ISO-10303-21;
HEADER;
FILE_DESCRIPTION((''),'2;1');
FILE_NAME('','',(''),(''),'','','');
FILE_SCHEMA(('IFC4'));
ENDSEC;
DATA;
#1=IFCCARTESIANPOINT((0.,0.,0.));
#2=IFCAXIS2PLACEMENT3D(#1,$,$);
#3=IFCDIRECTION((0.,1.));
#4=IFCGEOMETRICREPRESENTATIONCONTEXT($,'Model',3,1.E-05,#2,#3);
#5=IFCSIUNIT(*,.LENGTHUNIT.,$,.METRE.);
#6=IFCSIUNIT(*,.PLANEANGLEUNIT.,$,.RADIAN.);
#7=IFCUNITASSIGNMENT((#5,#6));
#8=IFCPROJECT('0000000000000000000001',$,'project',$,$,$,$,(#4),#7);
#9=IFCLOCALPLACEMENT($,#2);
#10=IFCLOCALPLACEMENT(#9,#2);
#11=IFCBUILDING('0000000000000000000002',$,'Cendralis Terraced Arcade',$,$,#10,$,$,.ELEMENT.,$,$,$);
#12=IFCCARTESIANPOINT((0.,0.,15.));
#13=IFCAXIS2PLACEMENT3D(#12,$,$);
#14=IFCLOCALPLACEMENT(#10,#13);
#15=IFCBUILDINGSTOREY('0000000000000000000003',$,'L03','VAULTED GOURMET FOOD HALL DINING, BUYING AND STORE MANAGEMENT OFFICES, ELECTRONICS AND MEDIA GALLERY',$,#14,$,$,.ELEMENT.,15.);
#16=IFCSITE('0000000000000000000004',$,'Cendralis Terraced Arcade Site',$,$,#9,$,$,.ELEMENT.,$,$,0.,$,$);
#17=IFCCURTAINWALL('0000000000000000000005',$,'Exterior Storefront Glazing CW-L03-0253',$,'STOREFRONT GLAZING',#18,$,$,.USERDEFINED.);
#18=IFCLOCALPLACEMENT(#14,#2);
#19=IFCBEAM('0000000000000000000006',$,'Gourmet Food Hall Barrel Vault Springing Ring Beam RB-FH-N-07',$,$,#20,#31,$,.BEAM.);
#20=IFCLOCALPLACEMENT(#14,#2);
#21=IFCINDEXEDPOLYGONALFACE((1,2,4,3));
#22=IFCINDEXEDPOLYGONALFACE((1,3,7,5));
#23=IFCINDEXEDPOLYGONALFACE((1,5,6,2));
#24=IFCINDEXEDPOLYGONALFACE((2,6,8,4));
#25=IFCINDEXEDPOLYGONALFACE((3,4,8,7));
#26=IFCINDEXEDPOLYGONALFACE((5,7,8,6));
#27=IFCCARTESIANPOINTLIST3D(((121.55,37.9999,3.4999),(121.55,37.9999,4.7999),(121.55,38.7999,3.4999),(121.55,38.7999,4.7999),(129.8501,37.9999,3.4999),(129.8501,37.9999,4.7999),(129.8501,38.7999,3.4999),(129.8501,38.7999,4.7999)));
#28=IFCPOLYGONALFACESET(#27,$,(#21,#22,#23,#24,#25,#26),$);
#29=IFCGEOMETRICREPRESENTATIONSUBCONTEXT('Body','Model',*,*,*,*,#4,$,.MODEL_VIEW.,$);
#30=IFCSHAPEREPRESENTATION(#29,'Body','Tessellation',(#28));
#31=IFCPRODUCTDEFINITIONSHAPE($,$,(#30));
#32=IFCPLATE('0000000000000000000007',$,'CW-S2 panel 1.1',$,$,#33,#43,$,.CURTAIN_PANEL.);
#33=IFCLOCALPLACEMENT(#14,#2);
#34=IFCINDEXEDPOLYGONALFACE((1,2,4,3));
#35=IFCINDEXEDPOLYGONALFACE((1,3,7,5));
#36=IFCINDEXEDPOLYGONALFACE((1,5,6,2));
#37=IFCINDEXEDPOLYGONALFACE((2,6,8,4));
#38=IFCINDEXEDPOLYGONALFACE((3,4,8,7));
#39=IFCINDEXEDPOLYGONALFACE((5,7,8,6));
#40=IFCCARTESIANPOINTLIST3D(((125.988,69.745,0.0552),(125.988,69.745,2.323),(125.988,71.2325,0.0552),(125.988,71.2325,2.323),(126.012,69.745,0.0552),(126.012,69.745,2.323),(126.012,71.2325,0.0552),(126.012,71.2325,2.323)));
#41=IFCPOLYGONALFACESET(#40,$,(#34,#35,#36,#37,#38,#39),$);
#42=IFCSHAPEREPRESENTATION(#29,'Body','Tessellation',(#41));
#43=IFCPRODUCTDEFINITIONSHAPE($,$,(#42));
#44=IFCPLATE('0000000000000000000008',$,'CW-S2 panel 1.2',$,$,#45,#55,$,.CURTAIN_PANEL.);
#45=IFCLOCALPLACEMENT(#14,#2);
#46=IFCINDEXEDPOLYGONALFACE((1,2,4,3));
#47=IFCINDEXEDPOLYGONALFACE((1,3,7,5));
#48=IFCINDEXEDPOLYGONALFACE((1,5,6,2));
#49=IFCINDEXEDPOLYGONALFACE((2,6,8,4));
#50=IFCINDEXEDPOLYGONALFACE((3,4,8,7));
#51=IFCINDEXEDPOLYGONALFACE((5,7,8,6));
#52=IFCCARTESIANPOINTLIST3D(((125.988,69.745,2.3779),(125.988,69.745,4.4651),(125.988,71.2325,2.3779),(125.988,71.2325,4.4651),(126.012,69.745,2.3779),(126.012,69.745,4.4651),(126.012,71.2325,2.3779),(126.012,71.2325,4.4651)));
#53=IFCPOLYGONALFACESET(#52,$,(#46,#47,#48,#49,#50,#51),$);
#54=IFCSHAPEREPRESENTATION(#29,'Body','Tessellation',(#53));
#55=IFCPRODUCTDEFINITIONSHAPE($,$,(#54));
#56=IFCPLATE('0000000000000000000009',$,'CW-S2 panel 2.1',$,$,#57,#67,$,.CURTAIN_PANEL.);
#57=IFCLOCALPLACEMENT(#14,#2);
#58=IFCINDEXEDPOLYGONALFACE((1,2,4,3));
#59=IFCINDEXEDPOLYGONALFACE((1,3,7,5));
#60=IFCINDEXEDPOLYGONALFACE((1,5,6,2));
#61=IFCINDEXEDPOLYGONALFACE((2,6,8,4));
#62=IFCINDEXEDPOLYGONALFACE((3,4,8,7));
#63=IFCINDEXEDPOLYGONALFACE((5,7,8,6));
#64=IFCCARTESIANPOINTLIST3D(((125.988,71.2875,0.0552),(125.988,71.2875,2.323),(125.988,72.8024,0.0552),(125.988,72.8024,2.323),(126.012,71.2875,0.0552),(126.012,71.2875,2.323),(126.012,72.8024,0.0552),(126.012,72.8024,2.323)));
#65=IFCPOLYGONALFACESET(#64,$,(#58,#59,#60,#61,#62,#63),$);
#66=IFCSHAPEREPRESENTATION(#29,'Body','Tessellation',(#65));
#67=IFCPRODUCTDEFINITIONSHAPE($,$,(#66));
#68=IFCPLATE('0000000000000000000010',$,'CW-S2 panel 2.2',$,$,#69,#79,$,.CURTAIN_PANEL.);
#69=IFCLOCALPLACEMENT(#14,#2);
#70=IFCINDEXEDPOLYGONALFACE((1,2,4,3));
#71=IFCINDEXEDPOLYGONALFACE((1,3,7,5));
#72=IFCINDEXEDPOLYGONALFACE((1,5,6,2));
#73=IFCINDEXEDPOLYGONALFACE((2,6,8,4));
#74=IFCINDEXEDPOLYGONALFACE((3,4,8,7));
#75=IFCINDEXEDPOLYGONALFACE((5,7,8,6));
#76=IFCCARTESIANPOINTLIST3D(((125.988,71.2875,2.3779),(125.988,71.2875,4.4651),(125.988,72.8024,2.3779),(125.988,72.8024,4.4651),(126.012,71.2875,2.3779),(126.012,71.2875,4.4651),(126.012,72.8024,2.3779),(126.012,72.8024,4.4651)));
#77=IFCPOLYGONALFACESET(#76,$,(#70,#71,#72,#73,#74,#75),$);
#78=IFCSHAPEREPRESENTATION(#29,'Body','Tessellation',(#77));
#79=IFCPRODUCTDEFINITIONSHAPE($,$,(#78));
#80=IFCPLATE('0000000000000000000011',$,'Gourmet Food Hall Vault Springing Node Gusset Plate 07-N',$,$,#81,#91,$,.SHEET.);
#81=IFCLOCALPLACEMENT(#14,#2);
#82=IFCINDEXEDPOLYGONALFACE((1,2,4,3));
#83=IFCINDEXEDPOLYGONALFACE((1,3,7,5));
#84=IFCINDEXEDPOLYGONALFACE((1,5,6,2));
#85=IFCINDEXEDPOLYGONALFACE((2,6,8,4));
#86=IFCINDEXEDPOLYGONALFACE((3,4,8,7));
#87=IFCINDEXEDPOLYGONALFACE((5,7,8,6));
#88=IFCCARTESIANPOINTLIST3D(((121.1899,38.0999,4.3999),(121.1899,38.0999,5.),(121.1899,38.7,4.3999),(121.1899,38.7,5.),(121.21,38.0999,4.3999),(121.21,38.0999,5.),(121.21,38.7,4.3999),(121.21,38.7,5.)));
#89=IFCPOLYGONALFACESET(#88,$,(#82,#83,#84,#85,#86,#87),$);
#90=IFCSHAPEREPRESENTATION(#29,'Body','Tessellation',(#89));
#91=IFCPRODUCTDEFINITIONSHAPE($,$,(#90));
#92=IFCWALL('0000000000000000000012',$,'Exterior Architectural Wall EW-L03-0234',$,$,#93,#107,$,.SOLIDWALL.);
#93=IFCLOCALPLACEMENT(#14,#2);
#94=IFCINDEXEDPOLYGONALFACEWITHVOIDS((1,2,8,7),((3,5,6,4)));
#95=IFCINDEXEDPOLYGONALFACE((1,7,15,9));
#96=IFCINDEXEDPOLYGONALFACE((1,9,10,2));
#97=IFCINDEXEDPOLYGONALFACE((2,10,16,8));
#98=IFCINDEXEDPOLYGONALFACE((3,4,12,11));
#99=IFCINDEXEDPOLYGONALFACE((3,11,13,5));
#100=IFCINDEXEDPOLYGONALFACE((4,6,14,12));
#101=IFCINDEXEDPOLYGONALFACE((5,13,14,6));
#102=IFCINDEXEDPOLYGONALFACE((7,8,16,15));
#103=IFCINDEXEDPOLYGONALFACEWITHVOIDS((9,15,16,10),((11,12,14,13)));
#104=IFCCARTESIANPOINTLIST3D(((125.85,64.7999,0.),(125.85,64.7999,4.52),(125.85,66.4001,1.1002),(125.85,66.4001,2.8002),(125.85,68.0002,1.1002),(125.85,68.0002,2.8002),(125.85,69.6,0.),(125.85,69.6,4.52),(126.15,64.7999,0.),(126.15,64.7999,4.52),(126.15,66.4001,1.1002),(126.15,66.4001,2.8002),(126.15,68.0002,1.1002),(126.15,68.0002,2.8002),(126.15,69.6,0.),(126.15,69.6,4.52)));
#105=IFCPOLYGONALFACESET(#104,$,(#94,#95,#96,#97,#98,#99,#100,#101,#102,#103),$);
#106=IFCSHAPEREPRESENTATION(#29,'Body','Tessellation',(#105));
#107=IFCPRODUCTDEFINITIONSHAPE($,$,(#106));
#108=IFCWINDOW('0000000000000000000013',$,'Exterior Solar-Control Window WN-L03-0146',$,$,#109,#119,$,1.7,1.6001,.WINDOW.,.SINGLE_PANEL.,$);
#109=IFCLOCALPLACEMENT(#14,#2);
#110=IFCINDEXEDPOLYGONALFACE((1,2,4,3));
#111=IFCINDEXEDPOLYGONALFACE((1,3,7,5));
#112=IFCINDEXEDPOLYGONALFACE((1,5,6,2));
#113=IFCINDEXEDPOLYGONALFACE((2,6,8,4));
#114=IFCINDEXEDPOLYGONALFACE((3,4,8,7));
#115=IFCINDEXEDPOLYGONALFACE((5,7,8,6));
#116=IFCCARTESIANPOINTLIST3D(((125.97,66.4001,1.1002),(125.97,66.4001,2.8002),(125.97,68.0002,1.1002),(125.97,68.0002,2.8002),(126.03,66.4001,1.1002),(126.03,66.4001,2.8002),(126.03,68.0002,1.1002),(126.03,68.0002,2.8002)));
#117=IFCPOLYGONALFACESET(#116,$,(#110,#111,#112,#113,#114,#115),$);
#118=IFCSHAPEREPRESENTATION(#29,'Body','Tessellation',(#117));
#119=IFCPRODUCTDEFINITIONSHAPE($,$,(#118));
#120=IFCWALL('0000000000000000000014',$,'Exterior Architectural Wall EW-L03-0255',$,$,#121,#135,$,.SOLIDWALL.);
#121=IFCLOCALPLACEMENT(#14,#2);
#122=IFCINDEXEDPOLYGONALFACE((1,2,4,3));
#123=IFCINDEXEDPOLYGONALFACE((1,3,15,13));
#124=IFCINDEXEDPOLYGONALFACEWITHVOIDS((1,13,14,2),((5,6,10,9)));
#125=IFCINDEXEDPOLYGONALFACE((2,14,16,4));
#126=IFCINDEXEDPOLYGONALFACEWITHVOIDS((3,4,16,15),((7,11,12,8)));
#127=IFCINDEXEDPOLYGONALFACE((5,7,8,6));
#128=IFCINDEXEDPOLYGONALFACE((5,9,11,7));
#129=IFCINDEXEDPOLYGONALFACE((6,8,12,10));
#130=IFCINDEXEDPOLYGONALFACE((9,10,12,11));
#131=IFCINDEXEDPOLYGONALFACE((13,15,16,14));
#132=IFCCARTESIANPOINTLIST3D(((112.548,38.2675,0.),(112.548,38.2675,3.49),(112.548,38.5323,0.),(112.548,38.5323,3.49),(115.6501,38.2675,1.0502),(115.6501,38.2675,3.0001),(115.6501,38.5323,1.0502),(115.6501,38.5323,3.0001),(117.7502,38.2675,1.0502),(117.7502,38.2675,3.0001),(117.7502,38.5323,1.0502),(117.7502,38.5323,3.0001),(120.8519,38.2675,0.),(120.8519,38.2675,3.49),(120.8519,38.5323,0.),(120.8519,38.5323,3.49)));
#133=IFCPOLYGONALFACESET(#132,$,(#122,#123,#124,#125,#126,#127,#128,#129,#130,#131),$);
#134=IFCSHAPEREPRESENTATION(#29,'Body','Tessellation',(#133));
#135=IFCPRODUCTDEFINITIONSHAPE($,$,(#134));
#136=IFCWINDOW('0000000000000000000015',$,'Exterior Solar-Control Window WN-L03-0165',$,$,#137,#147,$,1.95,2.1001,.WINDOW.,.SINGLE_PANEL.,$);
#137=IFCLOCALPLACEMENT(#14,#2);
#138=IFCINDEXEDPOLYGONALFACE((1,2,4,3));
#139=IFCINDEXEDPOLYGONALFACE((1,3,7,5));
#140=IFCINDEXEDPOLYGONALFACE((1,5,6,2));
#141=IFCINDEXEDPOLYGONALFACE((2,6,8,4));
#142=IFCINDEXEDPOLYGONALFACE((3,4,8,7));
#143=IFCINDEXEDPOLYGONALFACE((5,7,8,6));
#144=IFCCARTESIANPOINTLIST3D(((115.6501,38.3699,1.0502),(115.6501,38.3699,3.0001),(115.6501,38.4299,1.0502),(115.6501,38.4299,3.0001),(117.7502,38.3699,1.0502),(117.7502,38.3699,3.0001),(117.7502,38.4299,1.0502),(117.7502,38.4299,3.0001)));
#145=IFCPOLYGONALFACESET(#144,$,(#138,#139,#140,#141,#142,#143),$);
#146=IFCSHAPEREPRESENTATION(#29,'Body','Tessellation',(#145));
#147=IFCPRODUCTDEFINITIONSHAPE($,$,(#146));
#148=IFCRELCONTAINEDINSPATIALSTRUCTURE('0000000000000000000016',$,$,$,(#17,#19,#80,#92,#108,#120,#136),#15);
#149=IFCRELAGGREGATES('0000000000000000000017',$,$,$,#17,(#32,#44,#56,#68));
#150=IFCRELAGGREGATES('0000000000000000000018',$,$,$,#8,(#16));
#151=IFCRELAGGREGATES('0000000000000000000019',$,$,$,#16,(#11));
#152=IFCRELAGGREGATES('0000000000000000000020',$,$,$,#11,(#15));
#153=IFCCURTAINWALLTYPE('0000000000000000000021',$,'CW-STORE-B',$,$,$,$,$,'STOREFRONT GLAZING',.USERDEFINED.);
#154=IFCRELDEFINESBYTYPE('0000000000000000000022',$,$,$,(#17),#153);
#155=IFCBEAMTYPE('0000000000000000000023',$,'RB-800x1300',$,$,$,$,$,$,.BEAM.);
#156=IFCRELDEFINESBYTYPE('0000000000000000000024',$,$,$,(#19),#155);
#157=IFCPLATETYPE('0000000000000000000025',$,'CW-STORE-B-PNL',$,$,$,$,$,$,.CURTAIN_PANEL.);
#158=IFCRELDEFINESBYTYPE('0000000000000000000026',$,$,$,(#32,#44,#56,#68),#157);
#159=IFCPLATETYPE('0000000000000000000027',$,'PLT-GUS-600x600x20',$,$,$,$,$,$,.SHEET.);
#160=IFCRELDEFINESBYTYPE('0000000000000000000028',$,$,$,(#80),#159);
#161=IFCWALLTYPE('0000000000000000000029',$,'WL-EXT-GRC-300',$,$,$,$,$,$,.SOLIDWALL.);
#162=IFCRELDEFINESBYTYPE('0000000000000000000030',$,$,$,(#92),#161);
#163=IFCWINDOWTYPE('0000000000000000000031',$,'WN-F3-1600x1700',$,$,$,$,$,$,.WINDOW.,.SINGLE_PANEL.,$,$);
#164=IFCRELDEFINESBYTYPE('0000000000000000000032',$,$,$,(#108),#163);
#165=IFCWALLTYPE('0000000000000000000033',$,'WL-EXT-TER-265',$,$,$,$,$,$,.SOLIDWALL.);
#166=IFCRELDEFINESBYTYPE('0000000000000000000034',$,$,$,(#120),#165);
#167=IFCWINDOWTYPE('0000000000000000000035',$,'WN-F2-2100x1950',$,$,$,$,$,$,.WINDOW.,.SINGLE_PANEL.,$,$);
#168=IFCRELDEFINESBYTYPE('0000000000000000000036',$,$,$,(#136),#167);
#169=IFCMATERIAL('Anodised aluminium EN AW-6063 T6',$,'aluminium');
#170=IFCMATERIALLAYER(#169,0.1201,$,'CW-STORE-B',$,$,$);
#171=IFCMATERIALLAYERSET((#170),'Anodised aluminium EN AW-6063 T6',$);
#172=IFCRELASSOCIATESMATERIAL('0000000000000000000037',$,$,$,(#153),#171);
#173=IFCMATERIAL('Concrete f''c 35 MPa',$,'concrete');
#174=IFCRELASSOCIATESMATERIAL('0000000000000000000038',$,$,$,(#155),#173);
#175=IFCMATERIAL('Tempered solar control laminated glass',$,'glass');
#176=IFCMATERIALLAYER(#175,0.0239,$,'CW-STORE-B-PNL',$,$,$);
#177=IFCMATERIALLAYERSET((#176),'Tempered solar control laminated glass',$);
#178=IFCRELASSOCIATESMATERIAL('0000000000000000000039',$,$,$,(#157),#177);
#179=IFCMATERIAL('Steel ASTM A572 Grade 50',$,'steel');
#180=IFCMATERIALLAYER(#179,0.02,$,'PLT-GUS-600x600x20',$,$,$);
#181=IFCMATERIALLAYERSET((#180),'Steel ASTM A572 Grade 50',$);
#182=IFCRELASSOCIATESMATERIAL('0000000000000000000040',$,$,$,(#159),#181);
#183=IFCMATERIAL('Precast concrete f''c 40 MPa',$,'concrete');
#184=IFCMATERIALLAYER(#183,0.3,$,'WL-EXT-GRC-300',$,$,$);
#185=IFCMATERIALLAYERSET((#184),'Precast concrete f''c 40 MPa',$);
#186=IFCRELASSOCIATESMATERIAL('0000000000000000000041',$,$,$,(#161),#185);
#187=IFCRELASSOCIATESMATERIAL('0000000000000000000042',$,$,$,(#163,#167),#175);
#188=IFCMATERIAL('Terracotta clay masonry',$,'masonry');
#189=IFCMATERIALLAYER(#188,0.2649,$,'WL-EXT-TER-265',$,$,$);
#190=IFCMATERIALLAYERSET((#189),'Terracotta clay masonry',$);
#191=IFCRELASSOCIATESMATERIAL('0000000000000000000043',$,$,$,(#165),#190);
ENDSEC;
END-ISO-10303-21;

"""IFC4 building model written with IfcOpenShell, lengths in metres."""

from ifc_helpers import new_model, si_unit, direction, frame, frame_2d, origin, origin_2d, place, context, subcontext, project, spatial, rectangle, extrude, material, layer, layer_set, material_profile, profile_set, type_object, element, fill, aggregate, save


model = new_model("IFC4")

# Units and contexts
model_context = context("Model", 3, precision=1e-05, world=origin(), true_north=direction((0.0, 1.0)))
body_context = subcontext(model_context, "Body", "Model", "MODEL_VIEW")
ifc_project = project(units=[si_unit("LENGTHUNIT", "METRE"), si_unit("PLANEANGLEUNIT", "RADIAN")], contexts=[model_context])

# Site, building, storey
site_placement = place(None, origin())
site = spatial("IfcSite", under=ifc_project, at=site_placement, Name="Cendralis Terraced Arcade Site", CompositionType="ELEMENT", RefElevation=0.0)
building_placement = place(site_placement, origin())
building = spatial("IfcBuilding", under=site, at=building_placement, Name="Cendralis Terraced Arcade", CompositionType="ELEMENT")
storey_placement = place(building_placement, frame((0.0, 0.0, 15.0)))
storey = spatial("IfcBuildingStorey", under=building, at=storey_placement, Name="L03", Description="VAULTED GOURMET FOOD HALL DINING, BUYING AND STORE MANAGEMENT OFFICES, ELECTRONICS AND MEDIA GALLERY", CompositionType="ELEMENT", Elevation=15.0)

# Curtain wall
ifc_material_1 = material(Name="Anodised aluminium EN AW-6063 T6", Category="aluminium")
ifc_layer_1 = layer(ifc_material_1, 0.1201, Name="CW-STORE-B")
ifc_layer_set_1 = layer_set([ifc_layer_1], Name="Anodised aluminium EN AW-6063 T6")
curtain_wall_type = type_object("IfcCurtainWallType", Name="CW-STORE-B", ElementType="STOREFRONT GLAZING", PredefinedType="USERDEFINED", material=ifc_layer_set_1)
curtain_wall_placement = place(storey_placement, origin())
curtain_wall = element("IfcCurtainWall", 1, at=curtain_wall_placement, inside=storey, type_object=curtain_wall_type, Name="Exterior Storefront Glazing CW-L03-0253", ObjectType="STOREFRONT GLAZING", PredefinedType="USERDEFINED")

# Beam
ifc_material_2 = material(Name="Concrete f'c 35 MPa", Category="concrete")
ifc_material_profile_1 = material_profile(ifc_material_2, rectangle(XDim=0.8, YDim=1.3, at=origin_2d()), Name="RC-RB-800x1300", Category="LoadBearing")
ifc_profile_set_1 = profile_set([ifc_material_profile_1], Name="Concrete f'c 35 MPa")
beam_type = type_object("IfcBeamType", Name="RB-800x1300", PredefinedType="BEAM", material=ifc_profile_set_1)
for number, where, z_axis, x_axis, name in (
    (2, (121.55, 38.3999, 4.1499), (1.0, 0.0, 0.0), (0.0, 1.0, 0.0), "Gourmet Food Hall Barrel Vault Springing Ring Beam RB-FH-N-07"),
):
    element("IfcBeam", number, at=place(storey_placement, frame(where, z_axis=z_axis, x_axis=x_axis)), inside=storey, type_object=beam_type, Name=name, PredefinedType="BEAM", context=body_context, shape_type="SweptSolid", body=[
        extrude(rectangle(XDim=0.8, YDim=1.3, at=origin_2d()), origin(), (0.0, 0.0, 1.0), 8.3),
    ])

# Plates
ifc_material_3 = material(Name="Tempered solar control laminated glass", Category="glass")
ifc_layer_2 = layer(ifc_material_3, 0.0239, Name="CW-STORE-B-PNL")
ifc_layer_set_2 = layer_set([ifc_layer_2], Name="Tempered solar control laminated glass")
plate_type_1 = type_object("IfcPlateType", Name="CW-STORE-B-PNL", PredefinedType="CURTAIN_PANEL", material=ifc_layer_set_2)
plate_1_placement = place(storey_placement, frame((126.0, 70.4888, 0.0552), z_axis=(0.0, 0.0, 1.0), x_axis=(0.0, 1.0, 0.0)))
plate_1 = element("IfcPlate", 3, at=plate_1_placement, type_object=plate_type_1, Name="CW-S2 panel 1.1", PredefinedType="CURTAIN_PANEL", context=body_context, shape_type="SweptSolid", body=[
    extrude(rectangle(XDim=1.4875, YDim=0.0239, at=origin_2d()), origin(), (0.0, 0.0, 1.0), 2.2678),
])
plate_2_placement = place(storey_placement, frame((126.0, 70.4888, 2.3779), z_axis=(0.0, 0.0, 1.0), x_axis=(0.0, 1.0, 0.0)))
plate_2 = element("IfcPlate", 4, at=plate_2_placement, type_object=plate_type_1, Name="CW-S2 panel 1.2", PredefinedType="CURTAIN_PANEL", context=body_context, shape_type="SweptSolid", body=[
    extrude(rectangle(XDim=1.4875, YDim=0.0239, at=origin_2d()), origin(), (0.0, 0.0, 1.0), 2.0872),
])
plate_3_placement = place(storey_placement, frame((126.0, 72.0449, 0.0552), z_axis=(0.0, 0.0, 1.0), x_axis=(0.0, 1.0, 0.0)))
plate_3 = element("IfcPlate", 5, at=plate_3_placement, type_object=plate_type_1, Name="CW-S2 panel 2.1", PredefinedType="CURTAIN_PANEL", context=body_context, shape_type="SweptSolid", body=[
    extrude(rectangle(XDim=1.5149, YDim=0.0239, at=origin_2d()), origin(), (0.0, 0.0, 1.0), 2.2678),
])
plate_4_placement = place(storey_placement, frame((126.0, 72.0449, 2.3779), z_axis=(0.0, 0.0, 1.0), x_axis=(0.0, 1.0, 0.0)))
plate_4 = element("IfcPlate", 6, at=plate_4_placement, type_object=plate_type_1, Name="CW-S2 panel 2.2", PredefinedType="CURTAIN_PANEL", context=body_context, shape_type="SweptSolid", body=[
    extrude(rectangle(XDim=1.5149, YDim=0.0239, at=origin_2d()), origin(), (0.0, 0.0, 1.0), 2.0872),
])
aggregate(curtain_wall, [plate_1, plate_2, plate_3, plate_4])
ifc_material_4 = material(Name="Steel ASTM A572 Grade 50", Category="steel")
ifc_layer_3 = layer(ifc_material_4, 0.02, Name="PLT-GUS-600x600x20")
ifc_layer_set_3 = layer_set([ifc_layer_3], Name="Steel ASTM A572 Grade 50")
plate_type_2 = type_object("IfcPlateType", Name="PLT-GUS-600x600x20", PredefinedType="SHEET", material=ifc_layer_set_3)
plate_5_placement = place(storey_placement, frame((121.2, 38.3999, 4.3999), z_axis=(0.0, 0.0, 1.0), x_axis=(0.0, 1.0, 0.0)))
element("IfcPlate", 7, at=plate_5_placement, inside=storey, type_object=plate_type_2, Name="Gourmet Food Hall Vault Springing Node Gusset Plate 07-N", PredefinedType="SHEET", context=body_context, shape_type="SweptSolid", body=[
    extrude(rectangle(XDim=0.6001, YDim=0.02, at=origin_2d()), origin(), (0.0, 0.0, 1.0), 0.6001),
])

# Walls, openings, windows
ifc_material_5 = material(Name="Precast concrete f'c 40 MPa", Category="concrete")
ifc_layer_4 = layer(ifc_material_5, 0.3, Name="WL-EXT-GRC-300")
ifc_layer_set_4 = layer_set([ifc_layer_4], Name="Precast concrete f'c 40 MPa")
wall_type_1 = type_object("IfcWallType", Name="WL-EXT-GRC-300", PredefinedType="SOLIDWALL", material=ifc_layer_set_4)
wall_1_placement = place(storey_placement, frame((126.0, 64.8, 0.0), z_axis=(0.0, 0.0, 1.0), x_axis=(0.0, 1.0, 0.0)))
wall_1 = element("IfcWall", 8, at=wall_1_placement, inside=storey, type_object=wall_type_1, Name="Exterior Architectural Wall EW-L03-0234", PredefinedType="SOLIDWALL", context=body_context, shape_type="SweptSolid", body=[
    extrude(rectangle(XDim=4.8, YDim=0.3, at=frame_2d((2.3999, 0.0))), origin(), (0.0, 0.0, 1.0), 4.52),
])
opening_1_placement = place(wall_1_placement, frame((1.6001, 0.0, 1.1001)))
opening_1 = element("IfcOpeningElement", 9, at=opening_1_placement, cuts=wall_1, PredefinedType="OPENING", context=body_context, shape_type="SweptSolid", body=[
    extrude(rectangle(XDim=1.6001, YDim=1.7, at=frame_2d((0.8, 0.8501))), frame((0.0, 0.1621, 0.0), z_axis=(0.0, -1.0, 0.0), x_axis=(1.0, 0.0, 0.0)), (0.0, 0.0, 1.0), 0.324),
])
window_type_1 = type_object("IfcWindowType", Name="WN-F3-1600x1700", PartitioningType="SINGLE_PANEL", PredefinedType="WINDOW", material=ifc_material_3)
window_1_placement = place(opening_1_placement, origin())
window_1 = element("IfcWindow", 10, at=window_1_placement, inside=storey, type_object=window_type_1, Name="Exterior Solar-Control Window WN-L03-0146", OverallHeight=1.7, OverallWidth=1.6001, PartitioningType="SINGLE_PANEL", PredefinedType="WINDOW", context=body_context, shape_type="SweptSolid", body=[
    extrude(rectangle(XDim=1.6001, YDim=1.7, at=frame_2d((0.8, 0.8501))), frame((0.0, 0.03, 0.0), z_axis=(0.0, -1.0, 0.0), x_axis=(1.0, 0.0, 0.0)), (0.0, 0.0, 1.0), 0.0601),
])
fill(opening_1, window_1)
ifc_material_6 = material(Name="Terracotta clay masonry", Category="masonry")
ifc_layer_5 = layer(ifc_material_6, 0.2649, Name="WL-EXT-TER-265")
ifc_layer_set_5 = layer_set([ifc_layer_5], Name="Terracotta clay masonry")
wall_type_2 = type_object("IfcWallType", Name="WL-EXT-TER-265", PredefinedType="SOLIDWALL", material=ifc_layer_set_5)
wall_2_placement = place(storey_placement, frame((112.5481, 38.3999, 0.0), z_axis=(0.0, 0.0, 1.0), x_axis=(1.0, 0.0, 0.0)))
wall_2 = element("IfcWall", 11, at=wall_2_placement, inside=storey, type_object=wall_type_2, Name="Exterior Architectural Wall EW-L03-0255", PredefinedType="SOLIDWALL", context=body_context, shape_type="SweptSolid", body=[
    extrude(rectangle(XDim=8.304, YDim=0.2649, at=frame_2d((4.1519, 0.0))), origin(), (0.0, 0.0, 1.0), 3.49),
])
opening_2_placement = place(wall_2_placement, frame((3.1021, 0.0, 1.05)))
opening_2 = element("IfcOpeningElement", 12, at=opening_2_placement, cuts=wall_2, PredefinedType="OPENING", context=body_context, shape_type="SweptSolid", body=[
    extrude(rectangle(XDim=2.1001, YDim=1.95, at=frame_2d((1.05, 0.9751))), frame((0.0, 0.1445, 0.0), z_axis=(0.0, -1.0, 0.0), x_axis=(1.0, 0.0, 0.0)), (0.0, 0.0, 1.0), 0.2888),
])
window_type_2 = type_object("IfcWindowType", Name="WN-F2-2100x1950", PartitioningType="SINGLE_PANEL", PredefinedType="WINDOW", material=ifc_material_3)
window_2_placement = place(opening_2_placement, origin())
window_2 = element("IfcWindow", 13, at=window_2_placement, inside=storey, type_object=window_type_2, Name="Exterior Solar-Control Window WN-L03-0165", OverallHeight=1.95, OverallWidth=2.1001, PartitioningType="SINGLE_PANEL", PredefinedType="WINDOW", context=body_context, shape_type="SweptSolid", body=[
    extrude(rectangle(XDim=2.1001, YDim=1.95, at=frame_2d((1.05, 0.9751))), frame((0.0, 0.03, 0.0), z_axis=(0.0, -1.0, 0.0), x_axis=(1.0, 0.0, 0.0)), (0.0, 0.0, 1.0), 0.0601),
])
fill(opening_2, window_2)

save(model, "model.ifc")
